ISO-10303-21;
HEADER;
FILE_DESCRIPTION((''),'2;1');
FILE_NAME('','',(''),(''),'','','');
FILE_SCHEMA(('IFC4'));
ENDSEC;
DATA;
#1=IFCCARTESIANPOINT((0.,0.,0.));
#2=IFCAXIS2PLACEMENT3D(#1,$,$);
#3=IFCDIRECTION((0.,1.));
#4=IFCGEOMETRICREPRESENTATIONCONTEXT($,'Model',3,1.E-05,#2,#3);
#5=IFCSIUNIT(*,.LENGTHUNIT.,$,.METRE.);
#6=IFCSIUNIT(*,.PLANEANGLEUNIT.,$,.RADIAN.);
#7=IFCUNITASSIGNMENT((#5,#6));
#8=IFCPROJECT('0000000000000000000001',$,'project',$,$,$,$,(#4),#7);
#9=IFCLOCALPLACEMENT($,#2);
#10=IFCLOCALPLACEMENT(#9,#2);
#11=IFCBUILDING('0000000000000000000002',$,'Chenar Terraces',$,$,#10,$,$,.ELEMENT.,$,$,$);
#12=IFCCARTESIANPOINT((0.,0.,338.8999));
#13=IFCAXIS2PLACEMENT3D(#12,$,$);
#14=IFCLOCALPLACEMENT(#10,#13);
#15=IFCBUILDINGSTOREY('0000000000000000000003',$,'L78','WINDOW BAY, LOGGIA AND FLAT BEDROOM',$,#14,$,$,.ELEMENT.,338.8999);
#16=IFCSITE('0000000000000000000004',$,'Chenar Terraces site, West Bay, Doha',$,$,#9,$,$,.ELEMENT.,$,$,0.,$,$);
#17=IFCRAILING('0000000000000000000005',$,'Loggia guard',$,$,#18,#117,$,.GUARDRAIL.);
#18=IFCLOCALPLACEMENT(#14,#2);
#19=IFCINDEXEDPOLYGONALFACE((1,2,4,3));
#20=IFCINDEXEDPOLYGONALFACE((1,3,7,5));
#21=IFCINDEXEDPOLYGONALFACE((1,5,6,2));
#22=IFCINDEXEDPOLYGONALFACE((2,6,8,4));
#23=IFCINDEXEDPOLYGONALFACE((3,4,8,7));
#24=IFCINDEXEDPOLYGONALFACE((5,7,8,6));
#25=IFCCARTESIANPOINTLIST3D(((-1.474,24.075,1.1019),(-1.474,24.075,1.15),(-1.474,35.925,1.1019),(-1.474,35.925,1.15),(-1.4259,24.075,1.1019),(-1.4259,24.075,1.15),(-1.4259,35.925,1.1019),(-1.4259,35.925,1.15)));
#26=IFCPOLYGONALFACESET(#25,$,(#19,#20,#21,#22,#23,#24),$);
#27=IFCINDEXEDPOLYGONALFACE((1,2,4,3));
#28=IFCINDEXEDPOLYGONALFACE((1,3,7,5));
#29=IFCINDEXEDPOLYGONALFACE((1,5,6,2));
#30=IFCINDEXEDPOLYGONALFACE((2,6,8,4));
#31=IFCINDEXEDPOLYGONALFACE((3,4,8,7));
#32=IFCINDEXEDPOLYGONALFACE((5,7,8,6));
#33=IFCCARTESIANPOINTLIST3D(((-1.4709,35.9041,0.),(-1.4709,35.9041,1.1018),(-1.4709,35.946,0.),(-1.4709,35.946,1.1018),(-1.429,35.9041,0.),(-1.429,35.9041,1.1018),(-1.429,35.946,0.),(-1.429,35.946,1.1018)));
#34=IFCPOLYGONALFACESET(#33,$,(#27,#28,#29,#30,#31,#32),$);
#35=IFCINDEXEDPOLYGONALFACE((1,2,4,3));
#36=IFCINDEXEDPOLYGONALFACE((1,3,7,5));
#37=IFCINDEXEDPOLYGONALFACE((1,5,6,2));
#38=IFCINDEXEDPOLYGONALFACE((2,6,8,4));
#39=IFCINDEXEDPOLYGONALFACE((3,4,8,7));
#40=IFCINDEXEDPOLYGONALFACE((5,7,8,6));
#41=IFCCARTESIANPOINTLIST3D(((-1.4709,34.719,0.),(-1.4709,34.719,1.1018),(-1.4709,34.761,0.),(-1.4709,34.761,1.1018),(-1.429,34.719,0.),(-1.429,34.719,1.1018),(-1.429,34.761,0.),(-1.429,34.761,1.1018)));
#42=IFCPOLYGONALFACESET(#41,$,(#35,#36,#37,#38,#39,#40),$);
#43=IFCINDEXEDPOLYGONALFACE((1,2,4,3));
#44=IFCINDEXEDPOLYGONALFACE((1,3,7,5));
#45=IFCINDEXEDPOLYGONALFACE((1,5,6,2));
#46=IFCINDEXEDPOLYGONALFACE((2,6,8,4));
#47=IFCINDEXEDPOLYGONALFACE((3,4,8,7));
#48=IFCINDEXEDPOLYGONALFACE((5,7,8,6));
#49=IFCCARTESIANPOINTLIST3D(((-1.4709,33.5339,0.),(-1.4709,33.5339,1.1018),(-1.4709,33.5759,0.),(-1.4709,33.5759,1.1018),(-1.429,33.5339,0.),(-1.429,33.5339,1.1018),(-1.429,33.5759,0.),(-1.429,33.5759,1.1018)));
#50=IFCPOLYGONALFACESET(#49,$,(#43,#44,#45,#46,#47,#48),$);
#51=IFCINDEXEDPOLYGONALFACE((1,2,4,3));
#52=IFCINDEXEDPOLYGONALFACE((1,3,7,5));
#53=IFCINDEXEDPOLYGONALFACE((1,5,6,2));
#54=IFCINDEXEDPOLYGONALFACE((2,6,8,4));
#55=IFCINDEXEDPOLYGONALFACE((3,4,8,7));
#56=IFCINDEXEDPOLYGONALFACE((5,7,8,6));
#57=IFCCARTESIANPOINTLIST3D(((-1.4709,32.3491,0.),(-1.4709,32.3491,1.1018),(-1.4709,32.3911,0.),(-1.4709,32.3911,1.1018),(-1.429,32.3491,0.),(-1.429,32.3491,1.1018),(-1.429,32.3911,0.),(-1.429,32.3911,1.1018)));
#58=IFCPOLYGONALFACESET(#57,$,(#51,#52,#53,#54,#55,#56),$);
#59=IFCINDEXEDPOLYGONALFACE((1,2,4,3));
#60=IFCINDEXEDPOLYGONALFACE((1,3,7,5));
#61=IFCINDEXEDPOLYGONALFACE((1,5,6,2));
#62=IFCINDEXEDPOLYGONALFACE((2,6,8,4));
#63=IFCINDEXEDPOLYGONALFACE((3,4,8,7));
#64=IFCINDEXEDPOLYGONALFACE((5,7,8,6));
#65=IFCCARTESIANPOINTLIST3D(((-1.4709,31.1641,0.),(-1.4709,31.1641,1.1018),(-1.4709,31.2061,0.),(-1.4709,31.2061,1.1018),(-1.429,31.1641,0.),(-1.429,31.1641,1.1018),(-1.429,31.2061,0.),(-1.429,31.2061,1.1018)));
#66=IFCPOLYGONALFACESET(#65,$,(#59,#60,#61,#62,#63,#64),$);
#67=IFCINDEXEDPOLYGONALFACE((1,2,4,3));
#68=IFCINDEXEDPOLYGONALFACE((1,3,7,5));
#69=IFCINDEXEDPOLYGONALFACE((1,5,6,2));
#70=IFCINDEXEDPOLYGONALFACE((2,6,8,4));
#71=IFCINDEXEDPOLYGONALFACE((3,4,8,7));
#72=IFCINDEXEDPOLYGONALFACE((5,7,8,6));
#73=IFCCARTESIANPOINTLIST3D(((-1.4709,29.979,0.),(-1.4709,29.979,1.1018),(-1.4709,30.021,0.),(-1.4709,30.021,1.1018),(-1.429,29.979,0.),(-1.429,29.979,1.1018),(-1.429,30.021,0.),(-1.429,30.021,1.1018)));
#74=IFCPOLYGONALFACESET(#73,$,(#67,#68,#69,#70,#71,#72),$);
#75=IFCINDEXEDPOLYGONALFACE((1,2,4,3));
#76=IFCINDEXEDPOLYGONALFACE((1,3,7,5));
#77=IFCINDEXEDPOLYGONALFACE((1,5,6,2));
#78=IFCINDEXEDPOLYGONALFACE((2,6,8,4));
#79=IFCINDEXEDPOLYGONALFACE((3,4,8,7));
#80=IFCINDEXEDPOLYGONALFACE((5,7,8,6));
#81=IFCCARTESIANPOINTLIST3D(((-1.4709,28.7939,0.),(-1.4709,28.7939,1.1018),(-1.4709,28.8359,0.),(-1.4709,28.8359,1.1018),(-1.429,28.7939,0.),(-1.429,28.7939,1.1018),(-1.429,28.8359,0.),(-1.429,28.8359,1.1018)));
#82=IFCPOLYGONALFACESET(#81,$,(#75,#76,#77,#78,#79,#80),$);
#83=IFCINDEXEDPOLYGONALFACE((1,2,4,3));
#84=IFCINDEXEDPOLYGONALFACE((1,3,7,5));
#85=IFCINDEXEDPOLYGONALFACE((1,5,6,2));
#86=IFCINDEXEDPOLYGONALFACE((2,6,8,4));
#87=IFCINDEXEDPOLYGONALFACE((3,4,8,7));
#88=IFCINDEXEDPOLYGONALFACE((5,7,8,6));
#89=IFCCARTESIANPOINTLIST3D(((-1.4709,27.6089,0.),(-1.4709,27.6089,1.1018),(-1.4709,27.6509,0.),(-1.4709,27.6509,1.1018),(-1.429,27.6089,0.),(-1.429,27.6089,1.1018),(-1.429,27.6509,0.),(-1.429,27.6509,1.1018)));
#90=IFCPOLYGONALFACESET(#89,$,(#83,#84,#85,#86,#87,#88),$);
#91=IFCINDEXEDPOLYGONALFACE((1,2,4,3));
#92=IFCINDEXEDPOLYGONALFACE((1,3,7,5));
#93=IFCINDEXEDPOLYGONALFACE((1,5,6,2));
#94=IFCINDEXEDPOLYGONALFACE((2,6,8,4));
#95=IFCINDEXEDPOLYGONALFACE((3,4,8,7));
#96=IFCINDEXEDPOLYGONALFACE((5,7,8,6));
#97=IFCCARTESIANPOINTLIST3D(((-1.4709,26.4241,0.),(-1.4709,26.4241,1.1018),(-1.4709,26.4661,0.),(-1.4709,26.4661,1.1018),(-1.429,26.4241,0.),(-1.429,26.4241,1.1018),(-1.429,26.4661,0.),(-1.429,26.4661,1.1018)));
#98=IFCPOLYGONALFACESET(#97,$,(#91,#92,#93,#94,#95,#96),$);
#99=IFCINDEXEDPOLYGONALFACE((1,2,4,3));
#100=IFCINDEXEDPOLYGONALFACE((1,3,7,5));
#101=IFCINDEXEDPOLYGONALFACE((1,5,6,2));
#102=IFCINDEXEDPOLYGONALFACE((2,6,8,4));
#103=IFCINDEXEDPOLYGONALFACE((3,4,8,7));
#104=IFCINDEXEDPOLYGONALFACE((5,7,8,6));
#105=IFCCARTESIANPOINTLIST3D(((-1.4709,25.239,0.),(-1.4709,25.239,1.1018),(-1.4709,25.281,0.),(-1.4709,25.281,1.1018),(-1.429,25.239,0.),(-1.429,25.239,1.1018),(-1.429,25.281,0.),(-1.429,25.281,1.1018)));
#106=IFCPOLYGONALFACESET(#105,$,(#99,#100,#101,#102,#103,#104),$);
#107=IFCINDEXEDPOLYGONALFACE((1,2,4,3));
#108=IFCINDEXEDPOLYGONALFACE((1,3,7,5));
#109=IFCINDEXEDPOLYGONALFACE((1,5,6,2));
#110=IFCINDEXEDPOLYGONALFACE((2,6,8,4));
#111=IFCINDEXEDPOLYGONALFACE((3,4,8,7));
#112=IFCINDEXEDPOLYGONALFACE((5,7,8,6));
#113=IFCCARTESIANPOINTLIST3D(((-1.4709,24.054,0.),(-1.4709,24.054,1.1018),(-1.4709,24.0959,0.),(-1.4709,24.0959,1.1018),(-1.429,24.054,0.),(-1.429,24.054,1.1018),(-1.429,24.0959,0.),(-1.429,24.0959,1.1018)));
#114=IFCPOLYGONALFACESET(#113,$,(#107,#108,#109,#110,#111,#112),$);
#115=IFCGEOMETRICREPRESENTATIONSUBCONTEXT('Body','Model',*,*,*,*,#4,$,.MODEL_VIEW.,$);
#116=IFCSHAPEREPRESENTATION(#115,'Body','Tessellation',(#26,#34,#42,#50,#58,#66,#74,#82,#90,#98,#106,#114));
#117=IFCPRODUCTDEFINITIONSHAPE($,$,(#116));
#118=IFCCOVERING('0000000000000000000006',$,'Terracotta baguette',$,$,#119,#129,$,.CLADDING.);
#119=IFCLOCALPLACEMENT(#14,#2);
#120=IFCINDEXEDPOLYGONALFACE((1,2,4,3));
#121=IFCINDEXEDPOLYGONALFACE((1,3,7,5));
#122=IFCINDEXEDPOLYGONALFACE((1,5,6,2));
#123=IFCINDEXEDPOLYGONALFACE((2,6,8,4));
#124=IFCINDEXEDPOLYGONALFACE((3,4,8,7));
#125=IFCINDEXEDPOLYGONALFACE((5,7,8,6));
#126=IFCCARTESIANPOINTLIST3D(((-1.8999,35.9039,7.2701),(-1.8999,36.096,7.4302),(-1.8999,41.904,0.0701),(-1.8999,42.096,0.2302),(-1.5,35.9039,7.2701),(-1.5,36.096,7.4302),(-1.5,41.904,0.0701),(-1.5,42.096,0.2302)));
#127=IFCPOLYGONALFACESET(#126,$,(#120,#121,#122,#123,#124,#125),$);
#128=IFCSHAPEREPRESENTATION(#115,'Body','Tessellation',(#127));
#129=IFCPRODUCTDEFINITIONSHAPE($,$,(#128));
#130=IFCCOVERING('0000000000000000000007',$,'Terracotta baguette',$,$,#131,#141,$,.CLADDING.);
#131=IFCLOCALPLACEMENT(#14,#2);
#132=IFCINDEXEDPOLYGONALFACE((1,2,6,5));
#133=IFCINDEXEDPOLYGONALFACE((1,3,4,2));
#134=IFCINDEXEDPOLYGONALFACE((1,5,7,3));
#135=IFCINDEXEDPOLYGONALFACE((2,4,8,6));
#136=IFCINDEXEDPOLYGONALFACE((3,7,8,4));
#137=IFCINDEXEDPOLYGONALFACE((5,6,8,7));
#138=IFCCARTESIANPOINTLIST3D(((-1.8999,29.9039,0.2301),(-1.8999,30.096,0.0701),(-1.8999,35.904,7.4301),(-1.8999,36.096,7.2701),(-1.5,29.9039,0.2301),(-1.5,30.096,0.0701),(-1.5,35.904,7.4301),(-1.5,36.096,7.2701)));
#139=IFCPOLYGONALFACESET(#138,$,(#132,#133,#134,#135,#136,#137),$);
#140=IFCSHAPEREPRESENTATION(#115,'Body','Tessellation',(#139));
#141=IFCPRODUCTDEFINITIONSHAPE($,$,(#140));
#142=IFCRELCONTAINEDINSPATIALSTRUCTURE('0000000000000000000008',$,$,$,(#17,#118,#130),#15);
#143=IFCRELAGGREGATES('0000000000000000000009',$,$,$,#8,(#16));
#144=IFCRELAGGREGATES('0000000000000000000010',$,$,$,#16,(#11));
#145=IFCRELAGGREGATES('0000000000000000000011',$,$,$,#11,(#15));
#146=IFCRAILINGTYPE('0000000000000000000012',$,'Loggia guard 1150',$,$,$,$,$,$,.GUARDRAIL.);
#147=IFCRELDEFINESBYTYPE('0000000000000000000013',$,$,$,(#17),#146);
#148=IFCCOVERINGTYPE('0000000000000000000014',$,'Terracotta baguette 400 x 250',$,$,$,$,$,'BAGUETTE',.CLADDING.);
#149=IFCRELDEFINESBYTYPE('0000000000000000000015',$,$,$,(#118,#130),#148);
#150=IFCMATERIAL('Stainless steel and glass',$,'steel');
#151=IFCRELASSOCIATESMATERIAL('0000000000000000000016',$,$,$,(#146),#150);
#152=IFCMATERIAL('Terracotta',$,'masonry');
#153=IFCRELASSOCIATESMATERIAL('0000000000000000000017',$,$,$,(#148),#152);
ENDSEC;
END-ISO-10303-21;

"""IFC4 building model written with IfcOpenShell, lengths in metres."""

from ifc_helpers import new_model, si_unit, direction, frame, origin, origin_2d, place, context, subcontext, project, spatial, rectangle, extrude, material, material_profile, profile_set, type_object, element, save


model = new_model("IFC4")

# Units and contexts
model_context = context("Model", 3, precision=1e-05, world=origin(), true_north=direction((0.0, 1.0)))
body_context = subcontext(model_context, "Body", "Model", "MODEL_VIEW")
ifc_project = project(units=[si_unit("LENGTHUNIT", "METRE"), si_unit("PLANEANGLEUNIT", "RADIAN")], contexts=[model_context])

# Site, building, storey
site_placement = place(None, origin())
site = spatial("IfcSite", under=ifc_project, at=site_placement, Name="Chenar Terraces site, West Bay, Doha", CompositionType="ELEMENT", RefElevation=0.0)
building_placement = place(site_placement, origin())
building = spatial("IfcBuilding", under=site, at=building_placement, Name="Chenar Terraces", CompositionType="ELEMENT")
storey_placement = place(building_placement, frame((0.0, 0.0, 338.8999)))
storey = spatial("IfcBuildingStorey", under=building, at=storey_placement, Name="L78", Description="WINDOW BAY, LOGGIA AND FLAT BEDROOM", CompositionType="ELEMENT", Elevation=338.8999)

# Railing
ifc_material_1 = material(Name="Stainless steel and glass", Category="steel")
railing_type = type_object("IfcRailingType", Name="Loggia guard 1150", PredefinedType="GUARDRAIL", material=ifc_material_1)
railing_placement = place(storey_placement, frame((-1.45, 35.925, 0.0)))
element("IfcRailing", 1, at=railing_placement, inside=storey, type_object=railing_type, Name="Loggia guard", PredefinedType="GUARDRAIL", context=body_context, shape_type="SweptSolid", body=[
    extrude(rectangle(XDim=0.0481, YDim=0.0481, at=origin_2d()), frame((0.0, 0.0, 1.126), z_axis=(0.0, -1.0, 0.0), x_axis=(1.0, 0.0, 0.0)), (0.0, 0.0, 1.0), 11.8501),
    extrude(rectangle(XDim=0.042, YDim=0.042, at=origin_2d()), origin(), (0.0, 0.0, 1.0), 1.1018),
    extrude(rectangle(XDim=0.042, YDim=0.042, at=origin_2d()), frame((0.0, -1.1851, 0.0)), (0.0, 0.0, 1.0), 1.1018),
    extrude(rectangle(XDim=0.042, YDim=0.042, at=origin_2d()), frame((0.0, -2.3701, 0.0)), (0.0, 0.0, 1.0), 1.1018),
    extrude(rectangle(XDim=0.042, YDim=0.042, at=origin_2d()), frame((0.0, -3.5549, 0.0)), (0.0, 0.0, 1.0), 1.1018),
    extrude(rectangle(XDim=0.042, YDim=0.042, at=origin_2d()), frame((0.0, -4.74, 0.0)), (0.0, 0.0, 1.0), 1.1018),
    extrude(rectangle(XDim=0.042, YDim=0.042, at=origin_2d()), frame((0.0, -5.925, 0.0)), (0.0, 0.0, 1.0), 1.1018),
    extrude(rectangle(XDim=0.042, YDim=0.042, at=origin_2d()), frame((0.0, -7.1101, 0.0)), (0.0, 0.0, 1.0), 1.1018),
    extrude(rectangle(XDim=0.042, YDim=0.042, at=origin_2d()), frame((0.0, -8.2952, 0.0)), (0.0, 0.0, 1.0), 1.1018),
    extrude(rectangle(XDim=0.042, YDim=0.042, at=origin_2d()), frame((0.0, -9.48, 0.0)), (0.0, 0.0, 1.0), 1.1018),
    extrude(rectangle(XDim=0.042, YDim=0.042, at=origin_2d()), frame((0.0, -10.665, 0.0)), (0.0, 0.0, 1.0), 1.1018),
    extrude(rectangle(XDim=0.042, YDim=0.042, at=origin_2d()), frame((0.0, -11.8501, 0.0)), (0.0, 0.0, 1.0), 1.1018),
])

# Coverings
ifc_material_2 = material(Name="Terracotta", Category="masonry")
ifc_material_profile_1 = material_profile(ifc_material_2, rectangle(XDim=0.3999, YDim=0.25, at=origin_2d()), Name="Terracotta baguette 400 x 250")
ifc_profile_set_1 = profile_set([ifc_material_profile_1], Name="Terracotta")
covering_type = type_object("IfcCoveringType", Name="Terracotta baguette 400 x 250", ElementType="BAGUETTE", PredefinedType="CLADDING", material=ifc_profile_set_1)
for number, where, z_axis, x_axis, name in (
    (2, (-1.7, 42.0, 0.1501), (0.0, -0.640187, 0.768219), (1.0, 0.0, 0.0), "Terracotta baguette"),
    (3, (-1.7, 36.0, 7.3501), (0.0, -0.640187, -0.768219), (1.0, 0.0, 0.0), "Terracotta baguette"),
):
    element("IfcCovering", number, at=place(storey_placement, frame(where, z_axis=z_axis, x_axis=x_axis)), inside=storey, type_object=covering_type, Name=name, PredefinedType="CLADDING", context=body_context, shape_type="SweptSolid", body=[
        extrude(rectangle(XDim=0.3999, YDim=0.25, at=origin_2d()), origin(), (0.0, 0.0, 1.0), 9.3723),
    ])

save(model, "model.ifc")
